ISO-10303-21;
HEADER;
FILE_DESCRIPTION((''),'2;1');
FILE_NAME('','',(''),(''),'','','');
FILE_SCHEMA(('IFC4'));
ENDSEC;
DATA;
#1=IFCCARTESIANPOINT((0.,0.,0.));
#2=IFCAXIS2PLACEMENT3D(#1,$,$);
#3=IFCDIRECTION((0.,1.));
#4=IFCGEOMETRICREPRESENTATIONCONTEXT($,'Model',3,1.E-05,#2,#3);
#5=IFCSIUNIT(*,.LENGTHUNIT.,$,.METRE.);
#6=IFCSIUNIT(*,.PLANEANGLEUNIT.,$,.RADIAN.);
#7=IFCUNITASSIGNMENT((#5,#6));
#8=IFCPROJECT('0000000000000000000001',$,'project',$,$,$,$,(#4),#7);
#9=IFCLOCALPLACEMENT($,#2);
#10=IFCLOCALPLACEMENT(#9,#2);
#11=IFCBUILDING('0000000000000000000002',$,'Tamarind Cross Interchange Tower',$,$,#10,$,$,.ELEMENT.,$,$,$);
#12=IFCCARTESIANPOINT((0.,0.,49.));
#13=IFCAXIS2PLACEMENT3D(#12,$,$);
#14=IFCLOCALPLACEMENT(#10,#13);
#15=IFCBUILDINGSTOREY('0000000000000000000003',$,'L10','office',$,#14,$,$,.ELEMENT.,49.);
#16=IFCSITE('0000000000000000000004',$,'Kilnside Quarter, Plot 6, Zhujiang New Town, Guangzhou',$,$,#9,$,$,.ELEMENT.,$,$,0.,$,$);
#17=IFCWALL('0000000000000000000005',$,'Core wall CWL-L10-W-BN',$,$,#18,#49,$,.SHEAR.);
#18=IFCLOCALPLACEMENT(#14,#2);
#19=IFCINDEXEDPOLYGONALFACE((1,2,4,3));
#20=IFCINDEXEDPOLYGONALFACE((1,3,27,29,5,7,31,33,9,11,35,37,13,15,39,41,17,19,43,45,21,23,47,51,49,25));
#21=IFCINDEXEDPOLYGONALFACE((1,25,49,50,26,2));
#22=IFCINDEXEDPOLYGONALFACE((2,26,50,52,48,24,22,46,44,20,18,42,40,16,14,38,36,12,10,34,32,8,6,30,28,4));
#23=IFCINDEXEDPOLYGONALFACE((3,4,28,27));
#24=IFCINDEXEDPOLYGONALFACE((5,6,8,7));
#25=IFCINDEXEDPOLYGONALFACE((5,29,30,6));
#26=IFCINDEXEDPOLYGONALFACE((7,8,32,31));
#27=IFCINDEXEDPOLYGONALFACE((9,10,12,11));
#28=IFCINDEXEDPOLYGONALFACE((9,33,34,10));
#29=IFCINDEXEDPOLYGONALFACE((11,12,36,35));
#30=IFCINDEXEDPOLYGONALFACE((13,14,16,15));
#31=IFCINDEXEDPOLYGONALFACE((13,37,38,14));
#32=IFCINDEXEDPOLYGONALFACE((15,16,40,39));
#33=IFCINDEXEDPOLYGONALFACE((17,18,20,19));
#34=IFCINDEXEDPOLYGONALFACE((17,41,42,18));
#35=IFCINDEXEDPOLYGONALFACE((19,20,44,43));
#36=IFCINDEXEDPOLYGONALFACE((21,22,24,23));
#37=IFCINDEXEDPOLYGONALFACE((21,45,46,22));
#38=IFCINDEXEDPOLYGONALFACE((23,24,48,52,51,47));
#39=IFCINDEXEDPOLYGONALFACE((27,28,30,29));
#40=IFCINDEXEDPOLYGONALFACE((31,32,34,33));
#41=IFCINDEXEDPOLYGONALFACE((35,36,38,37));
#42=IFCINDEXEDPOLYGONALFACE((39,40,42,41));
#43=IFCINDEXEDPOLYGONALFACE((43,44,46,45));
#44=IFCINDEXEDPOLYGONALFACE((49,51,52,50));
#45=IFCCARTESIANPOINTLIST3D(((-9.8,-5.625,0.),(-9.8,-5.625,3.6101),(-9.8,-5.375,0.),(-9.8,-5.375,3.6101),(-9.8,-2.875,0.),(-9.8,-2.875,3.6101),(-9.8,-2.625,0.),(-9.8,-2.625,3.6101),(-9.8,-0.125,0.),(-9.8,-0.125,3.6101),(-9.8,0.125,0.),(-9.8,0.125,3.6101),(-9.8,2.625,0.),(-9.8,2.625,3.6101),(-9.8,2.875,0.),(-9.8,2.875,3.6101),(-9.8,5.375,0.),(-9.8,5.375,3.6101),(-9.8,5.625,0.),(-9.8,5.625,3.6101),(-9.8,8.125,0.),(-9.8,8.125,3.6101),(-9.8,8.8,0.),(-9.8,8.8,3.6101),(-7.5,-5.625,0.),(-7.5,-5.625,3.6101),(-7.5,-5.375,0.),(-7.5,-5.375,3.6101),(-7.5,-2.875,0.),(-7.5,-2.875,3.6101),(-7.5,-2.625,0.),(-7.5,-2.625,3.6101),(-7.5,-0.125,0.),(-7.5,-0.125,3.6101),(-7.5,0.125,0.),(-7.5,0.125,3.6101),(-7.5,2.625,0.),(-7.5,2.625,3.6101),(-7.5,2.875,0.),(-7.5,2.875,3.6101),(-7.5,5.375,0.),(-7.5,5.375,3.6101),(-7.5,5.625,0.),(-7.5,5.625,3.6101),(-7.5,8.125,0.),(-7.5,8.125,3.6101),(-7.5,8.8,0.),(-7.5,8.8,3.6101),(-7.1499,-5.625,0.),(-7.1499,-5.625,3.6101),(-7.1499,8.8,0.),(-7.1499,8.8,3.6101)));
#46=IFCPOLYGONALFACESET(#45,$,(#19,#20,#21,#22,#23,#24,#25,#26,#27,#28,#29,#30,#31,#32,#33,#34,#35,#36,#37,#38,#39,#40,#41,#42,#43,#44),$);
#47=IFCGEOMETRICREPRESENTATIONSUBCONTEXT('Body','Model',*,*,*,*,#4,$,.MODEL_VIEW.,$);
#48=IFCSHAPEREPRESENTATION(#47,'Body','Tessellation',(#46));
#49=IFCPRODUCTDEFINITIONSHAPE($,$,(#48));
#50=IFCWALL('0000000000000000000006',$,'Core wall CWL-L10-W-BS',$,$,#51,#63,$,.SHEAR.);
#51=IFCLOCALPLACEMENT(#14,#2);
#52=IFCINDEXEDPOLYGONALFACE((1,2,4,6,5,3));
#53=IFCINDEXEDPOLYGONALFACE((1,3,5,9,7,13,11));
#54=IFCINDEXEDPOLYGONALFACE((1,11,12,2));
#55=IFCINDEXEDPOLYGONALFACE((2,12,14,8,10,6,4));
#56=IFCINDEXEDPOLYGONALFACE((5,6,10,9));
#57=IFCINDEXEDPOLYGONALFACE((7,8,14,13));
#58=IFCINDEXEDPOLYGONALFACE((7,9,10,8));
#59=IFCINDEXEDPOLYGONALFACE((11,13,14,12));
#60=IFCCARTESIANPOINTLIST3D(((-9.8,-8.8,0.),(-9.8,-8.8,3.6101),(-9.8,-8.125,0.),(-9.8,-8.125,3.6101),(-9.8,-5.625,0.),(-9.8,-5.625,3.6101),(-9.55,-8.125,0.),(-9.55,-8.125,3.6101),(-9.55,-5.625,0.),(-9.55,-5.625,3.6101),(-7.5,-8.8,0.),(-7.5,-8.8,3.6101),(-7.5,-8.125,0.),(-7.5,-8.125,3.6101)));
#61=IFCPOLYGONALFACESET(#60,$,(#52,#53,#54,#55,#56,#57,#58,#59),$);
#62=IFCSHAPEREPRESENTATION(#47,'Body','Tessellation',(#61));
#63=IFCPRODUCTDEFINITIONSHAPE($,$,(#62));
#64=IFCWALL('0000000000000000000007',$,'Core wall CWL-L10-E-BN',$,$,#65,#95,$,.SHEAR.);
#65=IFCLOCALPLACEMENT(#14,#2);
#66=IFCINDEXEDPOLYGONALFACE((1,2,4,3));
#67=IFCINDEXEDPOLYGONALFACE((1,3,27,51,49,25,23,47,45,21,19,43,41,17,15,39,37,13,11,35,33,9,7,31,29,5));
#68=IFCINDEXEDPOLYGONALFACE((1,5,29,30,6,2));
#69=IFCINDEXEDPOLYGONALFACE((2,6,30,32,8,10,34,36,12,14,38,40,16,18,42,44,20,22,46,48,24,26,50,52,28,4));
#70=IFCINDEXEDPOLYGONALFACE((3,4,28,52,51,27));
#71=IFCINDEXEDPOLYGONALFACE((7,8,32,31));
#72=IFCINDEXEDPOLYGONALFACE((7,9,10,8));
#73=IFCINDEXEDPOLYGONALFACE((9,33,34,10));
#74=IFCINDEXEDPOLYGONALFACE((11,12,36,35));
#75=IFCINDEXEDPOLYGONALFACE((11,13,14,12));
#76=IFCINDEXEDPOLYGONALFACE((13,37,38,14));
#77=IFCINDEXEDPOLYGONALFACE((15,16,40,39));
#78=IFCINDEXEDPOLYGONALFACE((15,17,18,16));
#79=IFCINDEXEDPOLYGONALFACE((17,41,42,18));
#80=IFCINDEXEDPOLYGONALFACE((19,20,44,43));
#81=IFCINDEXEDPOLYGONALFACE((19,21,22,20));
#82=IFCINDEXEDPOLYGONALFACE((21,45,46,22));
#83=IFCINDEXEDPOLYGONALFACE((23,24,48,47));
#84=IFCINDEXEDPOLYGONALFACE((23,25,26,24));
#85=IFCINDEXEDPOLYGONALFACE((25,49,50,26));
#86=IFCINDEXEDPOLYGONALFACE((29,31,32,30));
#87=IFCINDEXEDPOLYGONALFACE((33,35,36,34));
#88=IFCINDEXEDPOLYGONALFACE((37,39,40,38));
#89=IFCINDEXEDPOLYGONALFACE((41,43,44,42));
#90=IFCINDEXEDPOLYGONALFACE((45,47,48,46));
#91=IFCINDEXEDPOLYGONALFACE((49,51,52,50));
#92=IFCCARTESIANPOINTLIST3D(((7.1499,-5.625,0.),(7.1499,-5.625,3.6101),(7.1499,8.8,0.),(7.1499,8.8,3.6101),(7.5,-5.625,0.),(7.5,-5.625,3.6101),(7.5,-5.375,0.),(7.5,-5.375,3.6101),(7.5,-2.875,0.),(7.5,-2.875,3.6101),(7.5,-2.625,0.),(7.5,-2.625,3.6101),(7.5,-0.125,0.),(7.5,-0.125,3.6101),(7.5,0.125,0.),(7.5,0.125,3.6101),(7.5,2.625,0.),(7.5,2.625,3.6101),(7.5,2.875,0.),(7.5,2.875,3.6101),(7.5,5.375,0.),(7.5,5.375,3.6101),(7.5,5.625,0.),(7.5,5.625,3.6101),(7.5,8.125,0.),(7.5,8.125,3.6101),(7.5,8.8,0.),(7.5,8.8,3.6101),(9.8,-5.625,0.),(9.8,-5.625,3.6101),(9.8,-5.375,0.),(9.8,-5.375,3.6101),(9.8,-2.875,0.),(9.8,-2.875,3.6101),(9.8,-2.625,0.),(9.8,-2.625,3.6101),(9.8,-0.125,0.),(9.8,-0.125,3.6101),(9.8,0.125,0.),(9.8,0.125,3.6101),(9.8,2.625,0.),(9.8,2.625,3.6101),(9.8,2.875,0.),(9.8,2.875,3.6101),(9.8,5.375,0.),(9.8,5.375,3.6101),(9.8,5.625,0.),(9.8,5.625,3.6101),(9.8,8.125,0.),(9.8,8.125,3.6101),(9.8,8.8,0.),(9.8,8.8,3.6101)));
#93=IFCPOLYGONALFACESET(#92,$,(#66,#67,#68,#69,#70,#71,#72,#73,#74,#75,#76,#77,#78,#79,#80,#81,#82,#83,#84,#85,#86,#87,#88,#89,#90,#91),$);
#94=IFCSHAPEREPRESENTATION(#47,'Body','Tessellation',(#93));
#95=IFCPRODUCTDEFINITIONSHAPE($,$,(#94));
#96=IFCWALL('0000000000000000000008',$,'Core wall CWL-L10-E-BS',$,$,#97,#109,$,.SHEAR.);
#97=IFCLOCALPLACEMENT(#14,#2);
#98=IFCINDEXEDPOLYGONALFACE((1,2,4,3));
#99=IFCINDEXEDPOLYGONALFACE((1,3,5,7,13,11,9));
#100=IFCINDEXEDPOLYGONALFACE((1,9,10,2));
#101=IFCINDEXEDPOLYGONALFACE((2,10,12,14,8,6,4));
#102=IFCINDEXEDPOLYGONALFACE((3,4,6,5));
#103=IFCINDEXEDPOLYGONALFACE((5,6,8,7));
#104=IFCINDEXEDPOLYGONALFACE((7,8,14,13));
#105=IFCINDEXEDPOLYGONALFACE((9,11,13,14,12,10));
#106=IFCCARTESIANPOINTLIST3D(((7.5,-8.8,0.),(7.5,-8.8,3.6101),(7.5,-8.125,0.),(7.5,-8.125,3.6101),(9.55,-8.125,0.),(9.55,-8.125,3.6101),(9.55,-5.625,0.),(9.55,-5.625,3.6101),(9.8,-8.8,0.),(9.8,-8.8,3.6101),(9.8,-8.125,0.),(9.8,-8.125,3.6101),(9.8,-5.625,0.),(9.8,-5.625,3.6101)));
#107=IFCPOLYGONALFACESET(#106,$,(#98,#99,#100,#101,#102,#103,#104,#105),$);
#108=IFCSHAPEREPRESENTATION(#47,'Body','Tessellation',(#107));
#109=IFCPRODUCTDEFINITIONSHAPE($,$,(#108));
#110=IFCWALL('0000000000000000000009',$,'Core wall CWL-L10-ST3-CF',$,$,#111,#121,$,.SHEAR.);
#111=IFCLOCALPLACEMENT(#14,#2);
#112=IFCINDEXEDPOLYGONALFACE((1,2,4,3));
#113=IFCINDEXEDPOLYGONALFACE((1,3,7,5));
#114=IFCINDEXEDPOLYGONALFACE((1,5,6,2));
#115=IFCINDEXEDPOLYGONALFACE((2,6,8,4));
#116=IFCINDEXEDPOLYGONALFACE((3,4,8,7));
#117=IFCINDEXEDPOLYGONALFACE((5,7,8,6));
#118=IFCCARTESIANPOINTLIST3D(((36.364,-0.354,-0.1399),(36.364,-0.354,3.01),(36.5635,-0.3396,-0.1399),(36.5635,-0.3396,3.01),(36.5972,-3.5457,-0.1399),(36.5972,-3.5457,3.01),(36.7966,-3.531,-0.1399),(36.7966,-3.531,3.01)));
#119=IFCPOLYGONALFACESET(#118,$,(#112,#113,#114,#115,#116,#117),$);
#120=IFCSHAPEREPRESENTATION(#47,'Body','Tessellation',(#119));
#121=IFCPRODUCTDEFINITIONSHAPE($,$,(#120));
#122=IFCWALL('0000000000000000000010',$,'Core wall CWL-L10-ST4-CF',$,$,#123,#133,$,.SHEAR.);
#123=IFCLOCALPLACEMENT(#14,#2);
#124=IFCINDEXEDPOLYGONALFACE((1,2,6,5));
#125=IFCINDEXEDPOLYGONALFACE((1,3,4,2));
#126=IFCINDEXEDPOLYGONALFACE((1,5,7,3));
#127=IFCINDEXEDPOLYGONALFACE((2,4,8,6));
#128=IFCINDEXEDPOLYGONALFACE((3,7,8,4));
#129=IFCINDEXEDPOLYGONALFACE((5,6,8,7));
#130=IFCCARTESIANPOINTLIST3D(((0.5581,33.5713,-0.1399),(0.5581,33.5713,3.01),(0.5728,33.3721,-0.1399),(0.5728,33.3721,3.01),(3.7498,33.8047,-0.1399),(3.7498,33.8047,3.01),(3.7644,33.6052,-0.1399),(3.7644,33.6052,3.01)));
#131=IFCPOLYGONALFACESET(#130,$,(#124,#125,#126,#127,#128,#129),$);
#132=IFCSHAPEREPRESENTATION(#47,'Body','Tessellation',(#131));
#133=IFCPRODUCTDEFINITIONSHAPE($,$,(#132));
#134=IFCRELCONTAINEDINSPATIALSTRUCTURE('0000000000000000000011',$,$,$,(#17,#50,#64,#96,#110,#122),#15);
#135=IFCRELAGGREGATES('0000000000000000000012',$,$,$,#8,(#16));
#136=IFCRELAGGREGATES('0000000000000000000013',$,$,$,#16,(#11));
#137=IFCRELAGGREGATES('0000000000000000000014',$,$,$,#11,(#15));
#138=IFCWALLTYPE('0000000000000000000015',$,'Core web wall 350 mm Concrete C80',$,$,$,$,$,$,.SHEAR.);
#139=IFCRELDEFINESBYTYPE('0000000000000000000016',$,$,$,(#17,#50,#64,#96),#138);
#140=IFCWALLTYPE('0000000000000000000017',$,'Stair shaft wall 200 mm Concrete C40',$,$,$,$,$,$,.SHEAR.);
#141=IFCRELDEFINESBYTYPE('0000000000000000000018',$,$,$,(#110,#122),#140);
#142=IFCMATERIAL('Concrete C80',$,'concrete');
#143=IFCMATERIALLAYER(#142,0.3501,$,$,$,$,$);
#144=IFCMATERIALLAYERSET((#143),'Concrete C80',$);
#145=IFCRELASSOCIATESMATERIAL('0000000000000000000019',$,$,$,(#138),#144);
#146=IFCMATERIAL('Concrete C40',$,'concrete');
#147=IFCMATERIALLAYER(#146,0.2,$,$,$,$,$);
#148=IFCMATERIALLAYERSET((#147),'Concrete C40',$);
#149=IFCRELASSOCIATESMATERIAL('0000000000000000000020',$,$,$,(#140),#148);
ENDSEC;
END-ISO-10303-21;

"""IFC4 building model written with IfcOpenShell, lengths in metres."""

from ifc_helpers import new_model, si_unit, direction, frame, origin, place, context, subcontext, project, spatial, polyline, outline, extrude, material, layer, layer_set, type_object, element, save


model = new_model("IFC4")

# Units and contexts
model_context = context("Model", 3, precision=1e-05, world=origin(), true_north=direction((0.0, 1.0)))
body_context = subcontext(model_context, "Body", "Model", "MODEL_VIEW")
ifc_project = project(units=[si_unit("LENGTHUNIT", "METRE"), si_unit("PLANEANGLEUNIT", "RADIAN")], contexts=[model_context])

# Site, building, storey
site_placement = place(None, origin())
site = spatial("IfcSite", under=ifc_project, at=site_placement, Name="Kilnside Quarter, Plot 6, Zhujiang New Town, Guangzhou", CompositionType="ELEMENT", RefElevation=0.0)
building_placement = place(site_placement, origin())
building = spatial("IfcBuilding", under=site, at=building_placement, Name="Tamarind Cross Interchange Tower", CompositionType="ELEMENT")
storey_placement = place(building_placement, frame((0.0, 0.0, 49.0)))
storey = spatial("IfcBuildingStorey", under=building, at=storey_placement, Name="L10", Description="office", CompositionType="ELEMENT", Elevation=49.0)

# Shared definitions
ifc_material_1 = material(Name="Concrete C40", Category="concrete")

# Walls
ifc_material_2 = material(Name="Concrete C80", Category="concrete")
ifc_layer_1 = layer(ifc_material_2, 0.3501)
ifc_layer_set_1 = layer_set([ifc_layer_1], Name="Concrete C80")
wall_type_1 = type_object("IfcWallType", Name="Core web wall 350 mm Concrete C80", PredefinedType="SHEAR", material=ifc_layer_set_1)
wall_1_placement = place(storey_placement, origin())
element("IfcWall", 1, at=wall_1_placement, inside=storey, type_object=wall_type_1, Name="Core wall CWL-L10-W-BN", PredefinedType="SHEAR", context=body_context, shape_type="SweptSolid", body=[
    extrude(outline(polyline([(-9.8, -5.375), (-9.8, -5.625), (-7.5, -5.625), (-7.1499, -5.625), (-7.1499, 8.8), (-7.5, 8.8), (-9.8, 8.8), (-9.8, 8.125), (-7.5, 8.125), (-7.5, 5.625), (-9.8, 5.625), (-9.8, 5.375), (-7.5, 5.375), (-7.5, 2.875), (-9.8, 2.875), (-9.8, 2.625), (-7.5, 2.625), (-7.5, 0.125), (-9.8, 0.125), (-9.8, -0.125), (-7.5, -0.125), (-7.5, -2.625), (-9.8, -2.625), (-9.8, -2.875), (-7.5, -2.875), (-7.5, -5.375), (-9.8, -5.375)])), origin(), (0.0, 0.0, 1.0), 3.6101),
])
wall_2_placement = place(storey_placement, origin())
element("IfcWall", 2, at=wall_2_placement, inside=storey, type_object=wall_type_1, Name="Core wall CWL-L10-W-BS", PredefinedType="SHEAR", context=body_context, shape_type="SweptSolid", body=[
    extrude(outline(polyline([(-7.5, -8.125), (-9.55, -8.125), (-9.55, -5.625), (-9.8, -5.625), (-9.8, -8.125), (-9.8, -8.8), (-7.5, -8.8), (-7.5, -8.125)])), origin(), (0.0, 0.0, 1.0), 3.6101),
])
wall_3_placement = place(storey_placement, origin())
element("IfcWall", 3, at=wall_3_placement, inside=storey, type_object=wall_type_1, Name="Core wall CWL-L10-E-BN", PredefinedType="SHEAR", context=body_context, shape_type="SweptSolid", body=[
    extrude(outline(polyline([(9.8, -5.375), (7.5, -5.375), (7.5, -2.875), (9.8, -2.875), (9.8, -2.625), (7.5, -2.625), (7.5, -0.125), (9.8, -0.125), (9.8, 0.125), (7.5, 0.125), (7.5, 2.625), (9.8, 2.625), (9.8, 2.875), (7.5, 2.875), (7.5, 5.375), (9.8, 5.375), (9.8, 5.625), (7.5, 5.625), (7.5, 8.125), (9.8, 8.125), (9.8, 8.8), (7.5, 8.8), (7.1499, 8.8), (7.1499, -5.625), (7.5, -5.625), (9.8, -5.625), (9.8, -5.375)])), origin(), (0.0, 0.0, 1.0), 3.6101),
])
wall_4_placement = place(storey_placement, origin())
element("IfcWall", 4, at=wall_4_placement, inside=storey, type_object=wall_type_1, Name="Core wall CWL-L10-E-BS", PredefinedType="SHEAR", context=body_context, shape_type="SweptSolid", body=[
    extrude(outline(polyline([(7.5, -8.125), (7.5, -8.8), (9.8, -8.8), (9.8, -8.125), (9.8, -5.625), (9.55, -5.625), (9.55, -8.125), (7.5, -8.125)])), origin(), (0.0, 0.0, 1.0), 3.6101),
])
ifc_layer_2 = layer(ifc_material_1, 0.2)
ifc_layer_set_2 = layer_set([ifc_layer_2], Name="Concrete C40")
wall_type_2 = type_object("IfcWallType", Name="Stair shaft wall 200 mm Concrete C40", PredefinedType="SHEAR", material=ifc_layer_set_2)
wall_5_placement = place(storey_placement, frame((0.0, 0.0, -0.1399)))
element("IfcWall", 5, at=wall_5_placement, inside=storey, type_object=wall_type_2, Name="Core wall CWL-L10-ST3-CF", PredefinedType="SHEAR", context=body_context, shape_type="SweptSolid", body=[
    extrude(outline(polyline([(36.5972, -3.5457), (36.7966, -3.531), (36.5635, -0.3396), (36.364, -0.354), (36.5972, -3.5457)])), origin(), (0.0, 0.0, 1.0), 3.1499),
])
wall_6_placement = place(storey_placement, frame((0.0, 0.0, -0.1399)))
element("IfcWall", 6, at=wall_6_placement, inside=storey, type_object=wall_type_2, Name="Core wall CWL-L10-ST4-CF", PredefinedType="SHEAR", context=body_context, shape_type="SweptSolid", body=[
    extrude(outline(polyline([(3.7644, 33.6052), (3.7498, 33.8047), (0.5581, 33.5713), (0.5728, 33.3721), (3.7644, 33.6052)])), origin(), (0.0, 0.0, 1.0), 3.1499),
])

save(model, "model.ifc")
